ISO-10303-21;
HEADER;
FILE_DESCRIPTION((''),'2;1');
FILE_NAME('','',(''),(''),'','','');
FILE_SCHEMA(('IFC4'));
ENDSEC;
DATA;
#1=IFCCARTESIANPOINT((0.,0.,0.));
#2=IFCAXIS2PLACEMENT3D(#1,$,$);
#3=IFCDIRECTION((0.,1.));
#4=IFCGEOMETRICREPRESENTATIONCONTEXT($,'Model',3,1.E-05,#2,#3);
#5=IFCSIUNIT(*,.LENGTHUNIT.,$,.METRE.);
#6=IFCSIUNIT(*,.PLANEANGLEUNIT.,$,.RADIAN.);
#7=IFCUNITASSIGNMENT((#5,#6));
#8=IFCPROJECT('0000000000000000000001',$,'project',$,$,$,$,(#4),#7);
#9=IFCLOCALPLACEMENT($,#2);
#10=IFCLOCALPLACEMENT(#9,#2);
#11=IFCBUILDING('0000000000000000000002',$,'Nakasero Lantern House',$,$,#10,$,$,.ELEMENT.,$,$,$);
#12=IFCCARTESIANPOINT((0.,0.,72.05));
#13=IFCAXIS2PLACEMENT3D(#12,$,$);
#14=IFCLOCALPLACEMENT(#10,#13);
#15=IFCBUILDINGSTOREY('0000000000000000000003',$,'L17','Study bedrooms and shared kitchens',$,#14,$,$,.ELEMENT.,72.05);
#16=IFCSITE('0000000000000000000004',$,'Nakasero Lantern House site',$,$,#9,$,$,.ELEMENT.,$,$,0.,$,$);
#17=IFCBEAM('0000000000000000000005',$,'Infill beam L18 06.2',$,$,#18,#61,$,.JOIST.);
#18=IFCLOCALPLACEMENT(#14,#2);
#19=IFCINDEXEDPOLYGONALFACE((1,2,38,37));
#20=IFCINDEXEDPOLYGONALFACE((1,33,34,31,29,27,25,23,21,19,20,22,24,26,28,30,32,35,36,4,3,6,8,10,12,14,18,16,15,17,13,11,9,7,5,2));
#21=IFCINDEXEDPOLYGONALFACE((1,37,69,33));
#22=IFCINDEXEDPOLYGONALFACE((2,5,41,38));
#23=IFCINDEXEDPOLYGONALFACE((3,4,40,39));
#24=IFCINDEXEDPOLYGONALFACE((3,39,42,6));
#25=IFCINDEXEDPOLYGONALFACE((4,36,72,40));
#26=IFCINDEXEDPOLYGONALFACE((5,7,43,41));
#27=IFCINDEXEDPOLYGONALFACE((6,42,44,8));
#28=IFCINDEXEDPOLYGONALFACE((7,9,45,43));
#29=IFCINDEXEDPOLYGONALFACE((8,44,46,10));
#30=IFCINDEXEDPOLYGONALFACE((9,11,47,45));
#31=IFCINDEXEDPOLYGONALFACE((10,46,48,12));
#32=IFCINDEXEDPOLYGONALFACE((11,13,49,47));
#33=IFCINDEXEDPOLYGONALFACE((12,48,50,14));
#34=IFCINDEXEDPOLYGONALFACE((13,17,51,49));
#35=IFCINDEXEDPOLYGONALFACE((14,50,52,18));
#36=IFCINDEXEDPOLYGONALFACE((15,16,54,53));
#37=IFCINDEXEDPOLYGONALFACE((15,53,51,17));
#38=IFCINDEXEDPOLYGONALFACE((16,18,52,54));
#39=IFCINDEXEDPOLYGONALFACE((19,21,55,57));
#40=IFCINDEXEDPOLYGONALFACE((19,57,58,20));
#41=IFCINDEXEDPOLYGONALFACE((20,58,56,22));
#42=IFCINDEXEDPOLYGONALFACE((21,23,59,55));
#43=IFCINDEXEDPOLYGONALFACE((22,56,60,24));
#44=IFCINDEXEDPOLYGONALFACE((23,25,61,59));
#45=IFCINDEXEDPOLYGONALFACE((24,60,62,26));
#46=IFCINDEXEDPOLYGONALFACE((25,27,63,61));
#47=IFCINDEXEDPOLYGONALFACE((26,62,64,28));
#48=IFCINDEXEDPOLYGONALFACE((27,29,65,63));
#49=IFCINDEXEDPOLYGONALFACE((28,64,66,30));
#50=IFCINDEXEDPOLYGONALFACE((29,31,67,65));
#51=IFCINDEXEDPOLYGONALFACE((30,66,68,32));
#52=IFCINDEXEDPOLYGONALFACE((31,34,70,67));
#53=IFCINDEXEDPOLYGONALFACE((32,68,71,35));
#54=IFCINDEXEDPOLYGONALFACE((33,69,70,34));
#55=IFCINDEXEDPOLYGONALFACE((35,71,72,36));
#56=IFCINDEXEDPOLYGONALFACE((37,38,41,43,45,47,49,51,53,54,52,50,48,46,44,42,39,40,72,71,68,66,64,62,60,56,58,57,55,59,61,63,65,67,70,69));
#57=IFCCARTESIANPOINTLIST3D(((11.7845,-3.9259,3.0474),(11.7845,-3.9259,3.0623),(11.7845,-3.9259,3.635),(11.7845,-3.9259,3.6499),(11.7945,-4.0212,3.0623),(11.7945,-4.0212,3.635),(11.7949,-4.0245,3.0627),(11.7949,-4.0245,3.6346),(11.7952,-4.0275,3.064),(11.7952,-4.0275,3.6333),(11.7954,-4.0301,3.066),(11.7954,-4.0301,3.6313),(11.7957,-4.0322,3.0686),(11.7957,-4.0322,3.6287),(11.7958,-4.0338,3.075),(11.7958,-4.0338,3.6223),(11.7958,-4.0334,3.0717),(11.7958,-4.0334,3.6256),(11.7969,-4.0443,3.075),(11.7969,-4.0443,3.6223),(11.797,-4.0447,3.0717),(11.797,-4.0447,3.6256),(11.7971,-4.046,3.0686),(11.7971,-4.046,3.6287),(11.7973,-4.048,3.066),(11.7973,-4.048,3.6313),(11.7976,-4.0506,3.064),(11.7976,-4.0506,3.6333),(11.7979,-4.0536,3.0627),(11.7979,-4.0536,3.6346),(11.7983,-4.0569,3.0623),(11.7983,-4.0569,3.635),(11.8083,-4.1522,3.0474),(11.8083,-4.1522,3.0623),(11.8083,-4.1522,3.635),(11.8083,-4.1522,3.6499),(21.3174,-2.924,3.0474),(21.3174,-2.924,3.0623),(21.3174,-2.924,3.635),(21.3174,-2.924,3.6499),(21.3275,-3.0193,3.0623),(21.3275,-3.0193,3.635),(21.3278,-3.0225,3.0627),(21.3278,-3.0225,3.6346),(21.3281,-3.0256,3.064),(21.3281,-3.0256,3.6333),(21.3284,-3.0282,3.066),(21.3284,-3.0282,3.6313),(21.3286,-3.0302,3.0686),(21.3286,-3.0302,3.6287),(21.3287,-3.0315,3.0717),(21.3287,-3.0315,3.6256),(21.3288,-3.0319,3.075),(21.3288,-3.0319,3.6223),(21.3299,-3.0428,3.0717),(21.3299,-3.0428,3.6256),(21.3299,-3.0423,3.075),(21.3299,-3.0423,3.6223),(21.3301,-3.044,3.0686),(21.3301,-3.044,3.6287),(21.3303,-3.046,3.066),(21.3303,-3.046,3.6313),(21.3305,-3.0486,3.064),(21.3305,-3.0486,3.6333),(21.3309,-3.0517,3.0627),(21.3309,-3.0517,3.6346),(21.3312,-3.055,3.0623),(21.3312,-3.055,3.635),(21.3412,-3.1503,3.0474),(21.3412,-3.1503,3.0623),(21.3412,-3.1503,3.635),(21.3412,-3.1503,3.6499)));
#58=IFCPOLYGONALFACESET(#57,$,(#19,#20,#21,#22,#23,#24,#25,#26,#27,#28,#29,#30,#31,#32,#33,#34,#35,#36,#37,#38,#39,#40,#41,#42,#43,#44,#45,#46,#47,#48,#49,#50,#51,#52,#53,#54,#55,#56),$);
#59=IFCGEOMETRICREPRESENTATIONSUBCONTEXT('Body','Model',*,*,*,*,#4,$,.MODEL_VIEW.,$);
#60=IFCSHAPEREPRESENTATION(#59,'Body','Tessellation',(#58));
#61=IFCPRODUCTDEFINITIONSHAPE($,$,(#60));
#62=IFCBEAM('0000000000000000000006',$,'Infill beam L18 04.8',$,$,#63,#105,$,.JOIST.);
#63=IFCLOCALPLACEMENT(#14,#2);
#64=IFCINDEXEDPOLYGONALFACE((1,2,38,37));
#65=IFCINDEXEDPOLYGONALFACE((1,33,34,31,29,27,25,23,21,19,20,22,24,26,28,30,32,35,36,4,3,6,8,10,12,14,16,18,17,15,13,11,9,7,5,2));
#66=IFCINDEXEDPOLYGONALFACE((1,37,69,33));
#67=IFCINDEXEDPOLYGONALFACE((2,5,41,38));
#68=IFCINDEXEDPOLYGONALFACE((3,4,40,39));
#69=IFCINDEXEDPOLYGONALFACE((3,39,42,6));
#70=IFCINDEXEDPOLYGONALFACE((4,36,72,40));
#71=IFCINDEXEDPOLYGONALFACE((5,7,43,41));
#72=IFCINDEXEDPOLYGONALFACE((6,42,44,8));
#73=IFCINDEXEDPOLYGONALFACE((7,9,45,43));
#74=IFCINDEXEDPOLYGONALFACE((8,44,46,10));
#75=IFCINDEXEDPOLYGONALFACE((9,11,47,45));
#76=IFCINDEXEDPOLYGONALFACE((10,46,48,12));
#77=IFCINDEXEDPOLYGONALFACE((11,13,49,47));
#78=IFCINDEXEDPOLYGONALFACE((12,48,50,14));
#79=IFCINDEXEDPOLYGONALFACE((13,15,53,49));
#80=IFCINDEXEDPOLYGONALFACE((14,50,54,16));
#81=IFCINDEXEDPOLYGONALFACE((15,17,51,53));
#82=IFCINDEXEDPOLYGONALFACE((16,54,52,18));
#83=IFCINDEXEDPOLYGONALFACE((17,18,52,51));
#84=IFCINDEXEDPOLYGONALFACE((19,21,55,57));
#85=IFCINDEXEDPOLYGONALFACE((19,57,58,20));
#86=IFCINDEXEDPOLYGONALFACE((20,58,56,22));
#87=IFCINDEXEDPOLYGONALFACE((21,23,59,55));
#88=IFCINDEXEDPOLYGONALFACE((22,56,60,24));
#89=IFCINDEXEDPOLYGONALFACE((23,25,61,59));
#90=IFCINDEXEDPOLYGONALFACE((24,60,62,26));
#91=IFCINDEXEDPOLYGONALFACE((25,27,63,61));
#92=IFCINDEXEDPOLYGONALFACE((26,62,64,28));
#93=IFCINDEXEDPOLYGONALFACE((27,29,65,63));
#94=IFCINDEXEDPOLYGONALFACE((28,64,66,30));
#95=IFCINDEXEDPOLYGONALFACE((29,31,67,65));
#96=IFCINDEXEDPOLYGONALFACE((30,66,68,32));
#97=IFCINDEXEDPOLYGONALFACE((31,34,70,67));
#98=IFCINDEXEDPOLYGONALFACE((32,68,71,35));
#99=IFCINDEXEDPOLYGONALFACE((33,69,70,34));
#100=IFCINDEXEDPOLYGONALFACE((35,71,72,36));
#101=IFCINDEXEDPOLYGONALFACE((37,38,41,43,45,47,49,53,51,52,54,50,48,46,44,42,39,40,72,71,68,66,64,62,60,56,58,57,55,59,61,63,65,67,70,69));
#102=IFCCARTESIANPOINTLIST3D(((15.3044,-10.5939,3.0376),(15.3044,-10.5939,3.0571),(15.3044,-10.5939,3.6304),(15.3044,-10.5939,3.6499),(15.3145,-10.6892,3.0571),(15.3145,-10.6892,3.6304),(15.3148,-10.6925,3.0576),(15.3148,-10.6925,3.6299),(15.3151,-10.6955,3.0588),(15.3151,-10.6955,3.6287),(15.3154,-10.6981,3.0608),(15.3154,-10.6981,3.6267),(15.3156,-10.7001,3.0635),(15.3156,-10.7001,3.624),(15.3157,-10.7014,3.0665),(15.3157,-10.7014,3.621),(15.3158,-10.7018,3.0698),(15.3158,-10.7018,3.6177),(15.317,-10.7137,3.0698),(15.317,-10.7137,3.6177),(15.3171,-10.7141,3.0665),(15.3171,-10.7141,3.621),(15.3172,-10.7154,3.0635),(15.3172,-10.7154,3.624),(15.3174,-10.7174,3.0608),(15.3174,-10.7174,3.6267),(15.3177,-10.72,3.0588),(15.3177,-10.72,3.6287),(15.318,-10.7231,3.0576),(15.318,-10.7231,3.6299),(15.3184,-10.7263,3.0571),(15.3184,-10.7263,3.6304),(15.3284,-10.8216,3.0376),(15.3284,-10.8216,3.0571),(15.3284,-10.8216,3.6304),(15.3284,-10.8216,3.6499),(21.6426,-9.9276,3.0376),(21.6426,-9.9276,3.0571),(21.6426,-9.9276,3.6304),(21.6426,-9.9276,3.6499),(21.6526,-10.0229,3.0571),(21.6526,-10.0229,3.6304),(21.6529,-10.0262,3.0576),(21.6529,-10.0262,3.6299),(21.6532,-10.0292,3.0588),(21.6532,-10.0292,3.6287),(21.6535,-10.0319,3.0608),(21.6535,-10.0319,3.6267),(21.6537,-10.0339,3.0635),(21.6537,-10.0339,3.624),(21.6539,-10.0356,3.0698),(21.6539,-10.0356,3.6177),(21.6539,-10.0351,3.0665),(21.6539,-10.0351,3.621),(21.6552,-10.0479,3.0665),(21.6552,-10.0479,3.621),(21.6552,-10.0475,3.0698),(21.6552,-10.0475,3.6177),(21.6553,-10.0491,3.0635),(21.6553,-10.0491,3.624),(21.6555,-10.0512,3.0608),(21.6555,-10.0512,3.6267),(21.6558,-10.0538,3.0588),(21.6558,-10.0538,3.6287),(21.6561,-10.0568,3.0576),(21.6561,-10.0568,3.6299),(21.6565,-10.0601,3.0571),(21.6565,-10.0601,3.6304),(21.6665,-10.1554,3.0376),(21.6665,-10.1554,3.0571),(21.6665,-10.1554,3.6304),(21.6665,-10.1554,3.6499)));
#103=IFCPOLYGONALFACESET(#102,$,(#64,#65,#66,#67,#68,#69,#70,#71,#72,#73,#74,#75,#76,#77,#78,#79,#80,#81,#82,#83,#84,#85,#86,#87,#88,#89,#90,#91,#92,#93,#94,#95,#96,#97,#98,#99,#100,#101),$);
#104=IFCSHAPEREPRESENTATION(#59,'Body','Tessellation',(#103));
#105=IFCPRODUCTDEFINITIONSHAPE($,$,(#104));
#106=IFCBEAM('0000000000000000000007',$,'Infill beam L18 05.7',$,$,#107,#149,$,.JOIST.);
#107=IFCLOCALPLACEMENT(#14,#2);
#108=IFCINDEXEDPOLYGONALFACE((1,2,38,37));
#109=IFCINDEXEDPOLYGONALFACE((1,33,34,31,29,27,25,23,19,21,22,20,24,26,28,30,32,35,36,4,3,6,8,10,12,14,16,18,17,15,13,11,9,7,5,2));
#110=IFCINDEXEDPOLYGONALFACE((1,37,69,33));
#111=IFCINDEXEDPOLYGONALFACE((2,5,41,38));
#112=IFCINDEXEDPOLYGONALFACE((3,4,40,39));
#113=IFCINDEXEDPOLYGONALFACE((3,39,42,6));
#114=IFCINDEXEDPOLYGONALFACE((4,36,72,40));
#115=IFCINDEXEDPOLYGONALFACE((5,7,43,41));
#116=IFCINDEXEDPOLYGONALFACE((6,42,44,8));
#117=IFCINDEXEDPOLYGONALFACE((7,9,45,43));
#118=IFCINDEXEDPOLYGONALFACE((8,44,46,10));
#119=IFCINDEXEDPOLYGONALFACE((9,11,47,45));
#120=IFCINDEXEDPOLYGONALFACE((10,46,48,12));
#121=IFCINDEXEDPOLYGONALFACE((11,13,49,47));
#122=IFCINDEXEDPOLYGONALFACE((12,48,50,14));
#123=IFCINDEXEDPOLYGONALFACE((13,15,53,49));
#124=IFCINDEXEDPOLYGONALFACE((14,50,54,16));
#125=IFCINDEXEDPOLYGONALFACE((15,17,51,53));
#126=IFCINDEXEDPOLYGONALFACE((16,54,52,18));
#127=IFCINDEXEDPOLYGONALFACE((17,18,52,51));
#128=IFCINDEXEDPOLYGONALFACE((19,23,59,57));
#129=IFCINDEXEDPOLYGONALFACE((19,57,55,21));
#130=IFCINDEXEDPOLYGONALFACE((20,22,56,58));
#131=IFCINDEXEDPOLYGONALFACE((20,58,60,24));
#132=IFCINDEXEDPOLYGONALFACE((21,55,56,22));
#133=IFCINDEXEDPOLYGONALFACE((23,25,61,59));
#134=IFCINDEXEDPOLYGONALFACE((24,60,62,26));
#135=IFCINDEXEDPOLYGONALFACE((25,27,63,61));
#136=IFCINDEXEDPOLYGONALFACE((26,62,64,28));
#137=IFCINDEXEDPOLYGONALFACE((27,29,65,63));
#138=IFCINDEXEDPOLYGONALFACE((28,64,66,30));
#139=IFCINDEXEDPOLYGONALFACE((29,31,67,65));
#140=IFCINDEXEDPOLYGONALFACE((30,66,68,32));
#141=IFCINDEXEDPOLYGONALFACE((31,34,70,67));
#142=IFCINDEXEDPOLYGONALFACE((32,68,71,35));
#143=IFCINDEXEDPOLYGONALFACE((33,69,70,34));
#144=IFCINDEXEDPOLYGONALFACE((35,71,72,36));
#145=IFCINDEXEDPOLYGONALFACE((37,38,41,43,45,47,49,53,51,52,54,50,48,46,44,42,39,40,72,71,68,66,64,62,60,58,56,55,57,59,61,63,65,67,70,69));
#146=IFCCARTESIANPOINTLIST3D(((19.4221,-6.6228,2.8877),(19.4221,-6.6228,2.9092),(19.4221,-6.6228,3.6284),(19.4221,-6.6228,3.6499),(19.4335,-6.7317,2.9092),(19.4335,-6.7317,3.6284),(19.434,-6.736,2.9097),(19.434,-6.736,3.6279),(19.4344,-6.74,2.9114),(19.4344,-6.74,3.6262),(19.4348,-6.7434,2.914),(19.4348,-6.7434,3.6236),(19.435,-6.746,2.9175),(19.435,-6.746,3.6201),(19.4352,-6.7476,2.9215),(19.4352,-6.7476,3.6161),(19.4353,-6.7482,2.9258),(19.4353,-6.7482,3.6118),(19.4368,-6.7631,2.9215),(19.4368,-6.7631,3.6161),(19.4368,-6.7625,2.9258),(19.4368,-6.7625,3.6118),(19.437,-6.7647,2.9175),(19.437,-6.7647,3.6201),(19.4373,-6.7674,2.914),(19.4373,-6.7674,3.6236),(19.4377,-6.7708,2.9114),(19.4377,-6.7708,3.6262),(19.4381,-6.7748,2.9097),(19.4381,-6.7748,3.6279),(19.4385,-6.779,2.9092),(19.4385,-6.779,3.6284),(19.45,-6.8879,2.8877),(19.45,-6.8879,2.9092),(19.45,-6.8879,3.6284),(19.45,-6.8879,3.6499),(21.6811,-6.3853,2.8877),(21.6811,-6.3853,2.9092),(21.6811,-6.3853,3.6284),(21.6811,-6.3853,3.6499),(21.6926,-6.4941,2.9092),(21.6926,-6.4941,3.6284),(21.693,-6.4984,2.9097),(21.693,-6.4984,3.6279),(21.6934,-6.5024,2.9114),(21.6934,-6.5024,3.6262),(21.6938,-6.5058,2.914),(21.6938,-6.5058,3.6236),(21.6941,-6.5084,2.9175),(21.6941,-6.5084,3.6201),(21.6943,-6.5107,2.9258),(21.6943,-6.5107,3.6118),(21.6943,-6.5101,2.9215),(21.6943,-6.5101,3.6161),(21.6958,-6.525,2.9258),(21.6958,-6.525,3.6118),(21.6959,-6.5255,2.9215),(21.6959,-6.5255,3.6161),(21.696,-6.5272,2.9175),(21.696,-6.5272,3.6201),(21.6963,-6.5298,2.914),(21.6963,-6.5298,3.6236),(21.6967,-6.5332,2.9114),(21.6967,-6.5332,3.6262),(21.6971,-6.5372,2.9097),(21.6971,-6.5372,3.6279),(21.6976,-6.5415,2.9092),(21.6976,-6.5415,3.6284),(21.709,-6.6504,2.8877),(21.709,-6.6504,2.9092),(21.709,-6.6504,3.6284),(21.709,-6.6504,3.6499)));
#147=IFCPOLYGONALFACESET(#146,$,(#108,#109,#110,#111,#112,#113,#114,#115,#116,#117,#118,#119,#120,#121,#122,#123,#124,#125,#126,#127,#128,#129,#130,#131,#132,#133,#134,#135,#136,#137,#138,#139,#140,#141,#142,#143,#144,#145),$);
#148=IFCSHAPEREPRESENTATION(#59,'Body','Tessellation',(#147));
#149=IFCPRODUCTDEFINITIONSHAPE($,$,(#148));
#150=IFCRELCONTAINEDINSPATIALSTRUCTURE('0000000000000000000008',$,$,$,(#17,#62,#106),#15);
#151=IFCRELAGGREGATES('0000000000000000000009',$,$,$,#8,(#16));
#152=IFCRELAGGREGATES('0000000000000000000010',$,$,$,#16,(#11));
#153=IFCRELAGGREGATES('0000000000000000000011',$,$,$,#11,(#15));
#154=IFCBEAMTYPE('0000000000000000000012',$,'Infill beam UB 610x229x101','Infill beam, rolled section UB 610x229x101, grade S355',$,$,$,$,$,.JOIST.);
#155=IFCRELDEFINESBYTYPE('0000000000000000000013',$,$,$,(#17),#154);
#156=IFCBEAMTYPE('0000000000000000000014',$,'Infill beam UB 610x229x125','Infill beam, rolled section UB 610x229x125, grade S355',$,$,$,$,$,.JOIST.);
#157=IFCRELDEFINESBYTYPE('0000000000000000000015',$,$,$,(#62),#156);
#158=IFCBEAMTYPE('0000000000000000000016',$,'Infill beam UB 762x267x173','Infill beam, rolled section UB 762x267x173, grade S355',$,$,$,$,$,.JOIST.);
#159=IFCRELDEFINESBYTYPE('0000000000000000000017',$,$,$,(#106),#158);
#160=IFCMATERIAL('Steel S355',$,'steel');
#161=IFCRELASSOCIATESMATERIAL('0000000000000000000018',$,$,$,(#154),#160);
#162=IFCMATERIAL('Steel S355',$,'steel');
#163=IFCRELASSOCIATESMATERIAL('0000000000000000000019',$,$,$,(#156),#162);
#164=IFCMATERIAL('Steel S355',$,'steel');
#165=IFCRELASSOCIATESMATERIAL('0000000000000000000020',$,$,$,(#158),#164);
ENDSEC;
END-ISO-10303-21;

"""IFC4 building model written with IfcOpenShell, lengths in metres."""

from ifc_helpers import new_model, si_unit, direction, frame, origin, origin_2d, place, context, subcontext, project, spatial, i_section, extrude, material, material_profile, profile_set, type_object, element, save


model = new_model("IFC4")

# Units and contexts
model_context = context("Model", 3, precision=1e-05, world=origin(), true_north=direction((0.0, 1.0)))
body_context = subcontext(model_context, "Body", "Model", "MODEL_VIEW")
ifc_project = project(units=[si_unit("LENGTHUNIT", "METRE"), si_unit("PLANEANGLEUNIT", "RADIAN")], contexts=[model_context])

# Site, building, storey
site_placement = place(None, origin())
site = spatial("IfcSite", under=ifc_project, at=site_placement, Name="Nakasero Lantern House site", CompositionType="ELEMENT", RefElevation=0.0)
building_placement = place(site_placement, origin())
building = spatial("IfcBuilding", under=site, at=building_placement, Name="Nakasero Lantern House", CompositionType="ELEMENT")
storey_placement = place(building_placement, frame((0.0, 0.0, 72.05)))
storey = spatial("IfcBuildingStorey", under=building, at=storey_placement, Name="L17", Description="Study bedrooms and shared kitchens", CompositionType="ELEMENT", Elevation=72.05)

# Beams
ifc_material_1 = material(Name="Steel S355", Category="steel")
ifc_material_profile_1 = material_profile(ifc_material_1, i_section(OverallWidth=0.2275, OverallDepth=0.6025, WebThickness=0.0105, FlangeThickness=0.0149, FilletRadius=0.0127, at=origin_2d()), Name="UB 610x229x101")
ifc_profile_set_1 = profile_set([ifc_material_profile_1], Name="Steel S355")
beam_type_1 = type_object("IfcBeamType", Name="Infill beam UB 610x229x101", Description="Infill beam, rolled section UB 610x229x101, grade S355", PredefinedType="JOIST", material=ifc_profile_set_1)
beam_1_placement = place(storey_placement, frame((11.7964, -4.0391, 3.3486), z_axis=(0.994522, 0.104528, 0.0), x_axis=(-0.104528, 0.994522, 0.0)))
element("IfcBeam", 1, at=beam_1_placement, inside=storey, type_object=beam_type_1, Name="Infill beam L18 06.2", PredefinedType="JOIST", context=body_context, shape_type="SweptSolid", body=[
    extrude(i_section(OverallWidth=0.2275, OverallDepth=0.6025, WebThickness=0.0105, FlangeThickness=0.0149, FilletRadius=0.0127, at=origin_2d()), origin(), (0.0, 0.0, 1.0), 9.5854),
])
ifc_material_2 = material(Name="Steel S355", Category="steel")
ifc_material_profile_2 = material_profile(ifc_material_2, i_section(OverallWidth=0.229, OverallDepth=0.6123, WebThickness=0.012, FlangeThickness=0.0195, FilletRadius=0.0127, at=origin_2d()), Name="UB 610x229x125")
ifc_profile_set_2 = profile_set([ifc_material_profile_2], Name="Steel S355")
beam_type_2 = type_object("IfcBeamType", Name="Infill beam UB 610x229x125", Description="Infill beam, rolled section UB 610x229x125, grade S355", PredefinedType="JOIST", material=ifc_profile_set_2)
beam_2_placement = place(storey_placement, frame((15.3164, -10.7078, 3.3438), z_axis=(0.99452, 0.104543, 0.0), x_axis=(-0.104543, 0.99452, 0.0)))
element("IfcBeam", 2, at=beam_2_placement, inside=storey, type_object=beam_type_2, Name="Infill beam L18 04.8", PredefinedType="JOIST", context=body_context, shape_type="SweptSolid", body=[
    extrude(i_section(OverallWidth=0.229, OverallDepth=0.6123, WebThickness=0.012, FlangeThickness=0.0195, FilletRadius=0.0127, at=origin_2d()), origin(), (0.0, 0.0, 1.0), 6.373),
])
ifc_material_3 = material(Name="Steel S355", Category="steel")
ifc_material_profile_3 = material_profile(ifc_material_3, i_section(OverallWidth=0.2666, OverallDepth=0.7622, WebThickness=0.0144, FlangeThickness=0.0215, FilletRadius=0.0166, at=origin_2d()), Name="UB 762x267x173")
ifc_profile_set_3 = profile_set([ifc_material_profile_3], Name="Steel S355")
beam_type_3 = type_object("IfcBeamType", Name="Infill beam UB 762x267x173", Description="Infill beam, rolled section UB 762x267x173, grade S355", PredefinedType="JOIST", material=ifc_profile_set_3)
beam_3_placement = place(storey_placement, frame((19.436, -6.7554, 3.2688), z_axis=(0.994517, 0.104578, 0.0), x_axis=(-0.104578, 0.994517, 0.0)))
element("IfcBeam", 3, at=beam_3_placement, inside=storey, type_object=beam_type_3, Name="Infill beam L18 05.7", PredefinedType="JOIST", context=body_context, shape_type="SweptSolid", body=[
    extrude(i_section(OverallWidth=0.2666, OverallDepth=0.7622, WebThickness=0.0144, FlangeThickness=0.0215, FilletRadius=0.0166, at=origin_2d()), origin(), (0.0, 0.0, 1.0), 2.2715),
])

save(model, "model.ifc")
